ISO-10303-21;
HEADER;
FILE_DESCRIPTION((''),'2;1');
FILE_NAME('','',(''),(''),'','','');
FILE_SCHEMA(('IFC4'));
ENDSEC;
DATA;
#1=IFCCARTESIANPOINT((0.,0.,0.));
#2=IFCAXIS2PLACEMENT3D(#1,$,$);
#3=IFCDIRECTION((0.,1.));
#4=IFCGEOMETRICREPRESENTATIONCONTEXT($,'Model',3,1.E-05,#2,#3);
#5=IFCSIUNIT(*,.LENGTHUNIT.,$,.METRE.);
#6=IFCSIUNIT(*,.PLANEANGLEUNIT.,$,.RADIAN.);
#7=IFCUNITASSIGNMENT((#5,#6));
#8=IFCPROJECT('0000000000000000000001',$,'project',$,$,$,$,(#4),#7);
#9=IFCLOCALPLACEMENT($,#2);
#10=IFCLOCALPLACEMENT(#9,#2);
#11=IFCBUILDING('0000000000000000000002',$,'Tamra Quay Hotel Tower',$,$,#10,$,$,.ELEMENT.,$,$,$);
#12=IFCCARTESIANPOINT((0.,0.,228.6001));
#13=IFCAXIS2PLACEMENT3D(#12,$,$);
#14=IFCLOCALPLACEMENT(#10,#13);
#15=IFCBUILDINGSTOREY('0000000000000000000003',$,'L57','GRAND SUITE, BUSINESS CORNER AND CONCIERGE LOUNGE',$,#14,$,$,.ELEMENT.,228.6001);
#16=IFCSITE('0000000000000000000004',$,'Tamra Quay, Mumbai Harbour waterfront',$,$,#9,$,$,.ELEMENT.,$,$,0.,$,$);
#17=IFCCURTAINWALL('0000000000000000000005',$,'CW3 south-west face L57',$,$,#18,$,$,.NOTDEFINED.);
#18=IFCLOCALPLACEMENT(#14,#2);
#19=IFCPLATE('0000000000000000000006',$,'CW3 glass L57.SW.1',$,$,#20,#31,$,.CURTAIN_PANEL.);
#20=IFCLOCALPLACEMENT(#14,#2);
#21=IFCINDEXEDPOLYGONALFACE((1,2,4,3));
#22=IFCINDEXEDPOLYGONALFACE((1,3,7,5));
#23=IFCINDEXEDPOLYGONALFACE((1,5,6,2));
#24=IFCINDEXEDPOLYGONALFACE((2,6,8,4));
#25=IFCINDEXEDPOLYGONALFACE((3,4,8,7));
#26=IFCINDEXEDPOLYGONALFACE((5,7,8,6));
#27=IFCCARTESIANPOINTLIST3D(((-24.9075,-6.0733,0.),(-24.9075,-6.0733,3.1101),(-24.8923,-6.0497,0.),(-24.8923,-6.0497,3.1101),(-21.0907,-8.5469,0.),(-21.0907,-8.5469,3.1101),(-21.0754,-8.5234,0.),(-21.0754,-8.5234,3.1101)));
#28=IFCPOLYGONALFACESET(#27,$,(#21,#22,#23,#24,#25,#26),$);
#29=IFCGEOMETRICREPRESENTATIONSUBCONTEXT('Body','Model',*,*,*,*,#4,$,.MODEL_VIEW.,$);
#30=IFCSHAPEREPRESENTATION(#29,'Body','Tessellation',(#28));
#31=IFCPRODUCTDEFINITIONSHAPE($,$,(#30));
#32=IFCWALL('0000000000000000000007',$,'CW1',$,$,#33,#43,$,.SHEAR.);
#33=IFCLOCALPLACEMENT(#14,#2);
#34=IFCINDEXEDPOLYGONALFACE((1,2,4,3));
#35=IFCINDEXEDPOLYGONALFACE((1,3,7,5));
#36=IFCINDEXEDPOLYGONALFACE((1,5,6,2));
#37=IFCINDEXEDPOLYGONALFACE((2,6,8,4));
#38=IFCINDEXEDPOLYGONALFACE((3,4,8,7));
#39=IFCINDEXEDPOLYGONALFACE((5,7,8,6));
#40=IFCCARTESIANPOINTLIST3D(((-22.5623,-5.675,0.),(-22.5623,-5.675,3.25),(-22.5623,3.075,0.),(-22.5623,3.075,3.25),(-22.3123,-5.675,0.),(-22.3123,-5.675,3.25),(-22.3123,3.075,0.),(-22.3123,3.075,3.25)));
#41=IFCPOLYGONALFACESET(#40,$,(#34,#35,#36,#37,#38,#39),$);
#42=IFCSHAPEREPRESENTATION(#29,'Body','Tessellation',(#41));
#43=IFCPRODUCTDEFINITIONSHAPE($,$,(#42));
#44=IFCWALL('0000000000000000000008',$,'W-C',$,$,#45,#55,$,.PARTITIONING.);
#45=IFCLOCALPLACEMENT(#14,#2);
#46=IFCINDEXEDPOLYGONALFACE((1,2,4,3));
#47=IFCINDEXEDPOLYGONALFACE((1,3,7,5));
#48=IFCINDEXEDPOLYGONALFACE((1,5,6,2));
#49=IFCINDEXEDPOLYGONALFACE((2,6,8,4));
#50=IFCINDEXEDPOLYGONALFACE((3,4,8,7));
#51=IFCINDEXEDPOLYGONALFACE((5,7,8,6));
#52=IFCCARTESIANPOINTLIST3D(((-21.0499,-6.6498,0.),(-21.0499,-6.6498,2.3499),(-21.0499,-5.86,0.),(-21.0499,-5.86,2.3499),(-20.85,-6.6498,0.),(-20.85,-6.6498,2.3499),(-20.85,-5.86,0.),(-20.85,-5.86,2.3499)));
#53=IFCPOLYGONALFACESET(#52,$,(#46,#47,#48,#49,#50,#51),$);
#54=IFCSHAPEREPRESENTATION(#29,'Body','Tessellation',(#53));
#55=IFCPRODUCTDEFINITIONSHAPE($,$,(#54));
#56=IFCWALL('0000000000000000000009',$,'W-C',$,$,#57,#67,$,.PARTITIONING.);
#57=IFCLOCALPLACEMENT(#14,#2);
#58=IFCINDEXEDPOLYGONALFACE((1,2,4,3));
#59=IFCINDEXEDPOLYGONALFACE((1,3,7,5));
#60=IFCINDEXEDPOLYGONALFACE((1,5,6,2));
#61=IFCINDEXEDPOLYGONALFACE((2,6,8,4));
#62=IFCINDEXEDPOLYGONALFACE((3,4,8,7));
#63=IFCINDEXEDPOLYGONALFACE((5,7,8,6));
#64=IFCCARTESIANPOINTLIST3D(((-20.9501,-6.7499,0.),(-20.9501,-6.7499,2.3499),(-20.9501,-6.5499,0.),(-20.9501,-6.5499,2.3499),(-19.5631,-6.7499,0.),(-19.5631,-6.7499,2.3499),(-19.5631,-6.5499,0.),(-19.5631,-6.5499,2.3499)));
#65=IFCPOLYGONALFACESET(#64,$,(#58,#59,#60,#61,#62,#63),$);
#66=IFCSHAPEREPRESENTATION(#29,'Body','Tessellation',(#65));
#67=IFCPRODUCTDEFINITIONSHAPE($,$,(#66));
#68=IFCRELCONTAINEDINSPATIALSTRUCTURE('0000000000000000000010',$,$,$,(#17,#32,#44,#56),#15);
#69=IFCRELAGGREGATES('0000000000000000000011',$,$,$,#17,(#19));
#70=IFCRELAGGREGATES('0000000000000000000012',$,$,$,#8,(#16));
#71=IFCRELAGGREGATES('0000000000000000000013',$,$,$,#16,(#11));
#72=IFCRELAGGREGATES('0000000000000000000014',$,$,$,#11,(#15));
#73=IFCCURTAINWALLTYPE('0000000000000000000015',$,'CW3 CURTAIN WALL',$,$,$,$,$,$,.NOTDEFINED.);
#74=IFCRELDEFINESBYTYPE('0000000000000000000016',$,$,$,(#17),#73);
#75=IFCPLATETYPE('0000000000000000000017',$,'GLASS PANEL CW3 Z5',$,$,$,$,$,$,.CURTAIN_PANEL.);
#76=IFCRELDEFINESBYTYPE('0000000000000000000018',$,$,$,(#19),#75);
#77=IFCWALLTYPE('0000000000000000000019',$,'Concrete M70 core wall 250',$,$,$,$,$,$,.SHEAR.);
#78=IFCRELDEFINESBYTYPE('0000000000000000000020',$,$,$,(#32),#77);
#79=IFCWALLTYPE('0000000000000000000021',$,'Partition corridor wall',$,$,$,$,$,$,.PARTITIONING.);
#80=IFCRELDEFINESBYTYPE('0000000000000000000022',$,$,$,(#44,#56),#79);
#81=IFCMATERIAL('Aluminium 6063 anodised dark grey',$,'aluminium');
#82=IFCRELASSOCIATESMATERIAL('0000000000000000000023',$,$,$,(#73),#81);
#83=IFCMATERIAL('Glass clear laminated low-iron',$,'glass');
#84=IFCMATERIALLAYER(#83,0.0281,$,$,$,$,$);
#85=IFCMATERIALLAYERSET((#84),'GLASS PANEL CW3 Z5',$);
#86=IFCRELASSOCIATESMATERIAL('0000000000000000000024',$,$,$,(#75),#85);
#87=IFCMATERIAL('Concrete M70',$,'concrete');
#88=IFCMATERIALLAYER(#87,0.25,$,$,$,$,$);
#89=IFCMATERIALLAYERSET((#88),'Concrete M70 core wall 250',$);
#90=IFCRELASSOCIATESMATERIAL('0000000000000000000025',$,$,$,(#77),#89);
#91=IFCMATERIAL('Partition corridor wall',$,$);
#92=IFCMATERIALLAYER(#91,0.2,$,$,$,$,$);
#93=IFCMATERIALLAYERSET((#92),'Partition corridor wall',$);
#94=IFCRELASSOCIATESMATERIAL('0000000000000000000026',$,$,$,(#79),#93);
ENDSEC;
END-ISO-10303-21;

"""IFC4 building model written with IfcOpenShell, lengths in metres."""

from ifc_helpers import new_model, si_unit, direction, frame, frame_2d, origin, origin_2d, place, context, subcontext, project, spatial, rectangle, extrude, material, layer, layer_set, type_object, element, aggregate, save


model = new_model("IFC4")

# Units and contexts
model_context = context("Model", 3, precision=1e-05, world=origin(), true_north=direction((0.0, 1.0)))
body_context = subcontext(model_context, "Body", "Model", "MODEL_VIEW")
ifc_project = project(units=[si_unit("LENGTHUNIT", "METRE"), si_unit("PLANEANGLEUNIT", "RADIAN")], contexts=[model_context])

# Site, building, storey
site_placement = place(None, origin())
site = spatial("IfcSite", under=ifc_project, at=site_placement, Name="Tamra Quay, Mumbai Harbour waterfront", CompositionType="ELEMENT", RefElevation=0.0)
building_placement = place(site_placement, origin())
building = spatial("IfcBuilding", under=site, at=building_placement, Name="Tamra Quay Hotel Tower", CompositionType="ELEMENT")
storey_placement = place(building_placement, frame((0.0, 0.0, 228.6001)))
storey = spatial("IfcBuildingStorey", under=building, at=storey_placement, Name="L57", Description="GRAND SUITE, BUSINESS CORNER AND CONCIERGE LOUNGE", CompositionType="ELEMENT", Elevation=228.6001)

# Shared definitions
ifc_material_1 = material(Name="Concrete M70", Category="concrete")

# Curtain wall
ifc_material_2 = material(Name="Aluminium 6063 anodised dark grey", Category="aluminium")
curtain_wall_type_1 = type_object("IfcCurtainWallType", Name="CW3 CURTAIN WALL", PredefinedType="NOTDEFINED", material=ifc_material_2)
curtain_wall_1_placement = place(storey_placement, origin())
curtain_wall_1 = element("IfcCurtainWall", 1, at=curtain_wall_1_placement, inside=storey, type_object=curtain_wall_type_1, Name="CW3 south-west face L57", PredefinedType="NOTDEFINED")

# Plate
ifc_material_3 = material(Name="Glass clear laminated low-iron", Category="glass")
ifc_layer_1 = layer(ifc_material_3, 0.0281)
ifc_layer_set_1 = layer_set([ifc_layer_1], Name="GLASS PANEL CW3 Z5")
plate_type_1 = type_object("IfcPlateType", Name="GLASS PANEL CW3 Z5", PredefinedType="CURTAIN_PANEL", material=ifc_layer_set_1)
plate_1_placement = place(storey_placement, frame((-22.9915, -7.2983, 0.0), z_axis=(0.0, 0.0, 1.0), x_axis=(0.839179, -0.543856, 0.0)))
plate_1 = element("IfcPlate", 2, at=plate_1_placement, type_object=plate_type_1, Name="CW3 glass L57.SW.1", PredefinedType="CURTAIN_PANEL", context=body_context, shape_type="SweptSolid", body=[
    extrude(rectangle(XDim=4.5483, YDim=0.0281, at=origin_2d()), origin(), (0.0, 0.0, 1.0), 3.1101),
])
aggregate(curtain_wall_1, [plate_1])

# Walls
ifc_layer_2 = layer(ifc_material_1, 0.25)
ifc_layer_set_2 = layer_set([ifc_layer_2], Name="Concrete M70 core wall 250")
wall_type_1 = type_object("IfcWallType", Name="Concrete M70 core wall 250", PredefinedType="SHEAR", material=ifc_layer_set_2)
wall_1_placement = place(storey_placement, frame((-22.4373, -5.675, 0.0), z_axis=(0.0, 0.0, 1.0), x_axis=(0.0, 1.0, 0.0)))
element("IfcWall", 3, at=wall_1_placement, inside=storey, type_object=wall_type_1, Name="CW1", PredefinedType="SHEAR", context=body_context, shape_type="SweptSolid", body=[
    extrude(rectangle(XDim=8.75, YDim=0.25, at=frame_2d((4.375, 0.0))), origin(), (0.0, 0.0, 1.0), 3.25),
])
ifc_material_4 = material(Name="Partition corridor wall")
ifc_layer_3 = layer(ifc_material_4, 0.2)
ifc_layer_set_3 = layer_set([ifc_layer_3], Name="Partition corridor wall")
wall_type_2 = type_object("IfcWallType", Name="Partition corridor wall", PredefinedType="PARTITIONING", material=ifc_layer_set_3)
wall_2_placement = place(storey_placement, frame((-20.95, -6.6499, 0.0), z_axis=(0.0, 0.0, 1.0), x_axis=(0.0, 1.0, 0.0)))
element("IfcWall", 4, at=wall_2_placement, inside=storey, type_object=wall_type_2, Name="W-C", PredefinedType="PARTITIONING", context=body_context, shape_type="SweptSolid", body=[
    extrude(rectangle(XDim=0.7898, YDim=0.2, at=frame_2d((0.395, 0.0))), origin(), (0.0, 0.0, 1.0), 2.3499),
])
wall_3_placement = place(storey_placement, frame((-20.95, -6.6499, 0.0), z_axis=(0.0, 0.0, 1.0), x_axis=(1.0, 0.0, 0.0)))
element("IfcWall", 5, at=wall_3_placement, inside=storey, type_object=wall_type_2, Name="W-C", PredefinedType="PARTITIONING", context=body_context, shape_type="SweptSolid", body=[
    extrude(rectangle(XDim=1.387, YDim=0.2, at=frame_2d((0.6934, 0.0))), origin(), (0.0, 0.0, 1.0), 2.3499),
])

save(model, "model.ifc")
